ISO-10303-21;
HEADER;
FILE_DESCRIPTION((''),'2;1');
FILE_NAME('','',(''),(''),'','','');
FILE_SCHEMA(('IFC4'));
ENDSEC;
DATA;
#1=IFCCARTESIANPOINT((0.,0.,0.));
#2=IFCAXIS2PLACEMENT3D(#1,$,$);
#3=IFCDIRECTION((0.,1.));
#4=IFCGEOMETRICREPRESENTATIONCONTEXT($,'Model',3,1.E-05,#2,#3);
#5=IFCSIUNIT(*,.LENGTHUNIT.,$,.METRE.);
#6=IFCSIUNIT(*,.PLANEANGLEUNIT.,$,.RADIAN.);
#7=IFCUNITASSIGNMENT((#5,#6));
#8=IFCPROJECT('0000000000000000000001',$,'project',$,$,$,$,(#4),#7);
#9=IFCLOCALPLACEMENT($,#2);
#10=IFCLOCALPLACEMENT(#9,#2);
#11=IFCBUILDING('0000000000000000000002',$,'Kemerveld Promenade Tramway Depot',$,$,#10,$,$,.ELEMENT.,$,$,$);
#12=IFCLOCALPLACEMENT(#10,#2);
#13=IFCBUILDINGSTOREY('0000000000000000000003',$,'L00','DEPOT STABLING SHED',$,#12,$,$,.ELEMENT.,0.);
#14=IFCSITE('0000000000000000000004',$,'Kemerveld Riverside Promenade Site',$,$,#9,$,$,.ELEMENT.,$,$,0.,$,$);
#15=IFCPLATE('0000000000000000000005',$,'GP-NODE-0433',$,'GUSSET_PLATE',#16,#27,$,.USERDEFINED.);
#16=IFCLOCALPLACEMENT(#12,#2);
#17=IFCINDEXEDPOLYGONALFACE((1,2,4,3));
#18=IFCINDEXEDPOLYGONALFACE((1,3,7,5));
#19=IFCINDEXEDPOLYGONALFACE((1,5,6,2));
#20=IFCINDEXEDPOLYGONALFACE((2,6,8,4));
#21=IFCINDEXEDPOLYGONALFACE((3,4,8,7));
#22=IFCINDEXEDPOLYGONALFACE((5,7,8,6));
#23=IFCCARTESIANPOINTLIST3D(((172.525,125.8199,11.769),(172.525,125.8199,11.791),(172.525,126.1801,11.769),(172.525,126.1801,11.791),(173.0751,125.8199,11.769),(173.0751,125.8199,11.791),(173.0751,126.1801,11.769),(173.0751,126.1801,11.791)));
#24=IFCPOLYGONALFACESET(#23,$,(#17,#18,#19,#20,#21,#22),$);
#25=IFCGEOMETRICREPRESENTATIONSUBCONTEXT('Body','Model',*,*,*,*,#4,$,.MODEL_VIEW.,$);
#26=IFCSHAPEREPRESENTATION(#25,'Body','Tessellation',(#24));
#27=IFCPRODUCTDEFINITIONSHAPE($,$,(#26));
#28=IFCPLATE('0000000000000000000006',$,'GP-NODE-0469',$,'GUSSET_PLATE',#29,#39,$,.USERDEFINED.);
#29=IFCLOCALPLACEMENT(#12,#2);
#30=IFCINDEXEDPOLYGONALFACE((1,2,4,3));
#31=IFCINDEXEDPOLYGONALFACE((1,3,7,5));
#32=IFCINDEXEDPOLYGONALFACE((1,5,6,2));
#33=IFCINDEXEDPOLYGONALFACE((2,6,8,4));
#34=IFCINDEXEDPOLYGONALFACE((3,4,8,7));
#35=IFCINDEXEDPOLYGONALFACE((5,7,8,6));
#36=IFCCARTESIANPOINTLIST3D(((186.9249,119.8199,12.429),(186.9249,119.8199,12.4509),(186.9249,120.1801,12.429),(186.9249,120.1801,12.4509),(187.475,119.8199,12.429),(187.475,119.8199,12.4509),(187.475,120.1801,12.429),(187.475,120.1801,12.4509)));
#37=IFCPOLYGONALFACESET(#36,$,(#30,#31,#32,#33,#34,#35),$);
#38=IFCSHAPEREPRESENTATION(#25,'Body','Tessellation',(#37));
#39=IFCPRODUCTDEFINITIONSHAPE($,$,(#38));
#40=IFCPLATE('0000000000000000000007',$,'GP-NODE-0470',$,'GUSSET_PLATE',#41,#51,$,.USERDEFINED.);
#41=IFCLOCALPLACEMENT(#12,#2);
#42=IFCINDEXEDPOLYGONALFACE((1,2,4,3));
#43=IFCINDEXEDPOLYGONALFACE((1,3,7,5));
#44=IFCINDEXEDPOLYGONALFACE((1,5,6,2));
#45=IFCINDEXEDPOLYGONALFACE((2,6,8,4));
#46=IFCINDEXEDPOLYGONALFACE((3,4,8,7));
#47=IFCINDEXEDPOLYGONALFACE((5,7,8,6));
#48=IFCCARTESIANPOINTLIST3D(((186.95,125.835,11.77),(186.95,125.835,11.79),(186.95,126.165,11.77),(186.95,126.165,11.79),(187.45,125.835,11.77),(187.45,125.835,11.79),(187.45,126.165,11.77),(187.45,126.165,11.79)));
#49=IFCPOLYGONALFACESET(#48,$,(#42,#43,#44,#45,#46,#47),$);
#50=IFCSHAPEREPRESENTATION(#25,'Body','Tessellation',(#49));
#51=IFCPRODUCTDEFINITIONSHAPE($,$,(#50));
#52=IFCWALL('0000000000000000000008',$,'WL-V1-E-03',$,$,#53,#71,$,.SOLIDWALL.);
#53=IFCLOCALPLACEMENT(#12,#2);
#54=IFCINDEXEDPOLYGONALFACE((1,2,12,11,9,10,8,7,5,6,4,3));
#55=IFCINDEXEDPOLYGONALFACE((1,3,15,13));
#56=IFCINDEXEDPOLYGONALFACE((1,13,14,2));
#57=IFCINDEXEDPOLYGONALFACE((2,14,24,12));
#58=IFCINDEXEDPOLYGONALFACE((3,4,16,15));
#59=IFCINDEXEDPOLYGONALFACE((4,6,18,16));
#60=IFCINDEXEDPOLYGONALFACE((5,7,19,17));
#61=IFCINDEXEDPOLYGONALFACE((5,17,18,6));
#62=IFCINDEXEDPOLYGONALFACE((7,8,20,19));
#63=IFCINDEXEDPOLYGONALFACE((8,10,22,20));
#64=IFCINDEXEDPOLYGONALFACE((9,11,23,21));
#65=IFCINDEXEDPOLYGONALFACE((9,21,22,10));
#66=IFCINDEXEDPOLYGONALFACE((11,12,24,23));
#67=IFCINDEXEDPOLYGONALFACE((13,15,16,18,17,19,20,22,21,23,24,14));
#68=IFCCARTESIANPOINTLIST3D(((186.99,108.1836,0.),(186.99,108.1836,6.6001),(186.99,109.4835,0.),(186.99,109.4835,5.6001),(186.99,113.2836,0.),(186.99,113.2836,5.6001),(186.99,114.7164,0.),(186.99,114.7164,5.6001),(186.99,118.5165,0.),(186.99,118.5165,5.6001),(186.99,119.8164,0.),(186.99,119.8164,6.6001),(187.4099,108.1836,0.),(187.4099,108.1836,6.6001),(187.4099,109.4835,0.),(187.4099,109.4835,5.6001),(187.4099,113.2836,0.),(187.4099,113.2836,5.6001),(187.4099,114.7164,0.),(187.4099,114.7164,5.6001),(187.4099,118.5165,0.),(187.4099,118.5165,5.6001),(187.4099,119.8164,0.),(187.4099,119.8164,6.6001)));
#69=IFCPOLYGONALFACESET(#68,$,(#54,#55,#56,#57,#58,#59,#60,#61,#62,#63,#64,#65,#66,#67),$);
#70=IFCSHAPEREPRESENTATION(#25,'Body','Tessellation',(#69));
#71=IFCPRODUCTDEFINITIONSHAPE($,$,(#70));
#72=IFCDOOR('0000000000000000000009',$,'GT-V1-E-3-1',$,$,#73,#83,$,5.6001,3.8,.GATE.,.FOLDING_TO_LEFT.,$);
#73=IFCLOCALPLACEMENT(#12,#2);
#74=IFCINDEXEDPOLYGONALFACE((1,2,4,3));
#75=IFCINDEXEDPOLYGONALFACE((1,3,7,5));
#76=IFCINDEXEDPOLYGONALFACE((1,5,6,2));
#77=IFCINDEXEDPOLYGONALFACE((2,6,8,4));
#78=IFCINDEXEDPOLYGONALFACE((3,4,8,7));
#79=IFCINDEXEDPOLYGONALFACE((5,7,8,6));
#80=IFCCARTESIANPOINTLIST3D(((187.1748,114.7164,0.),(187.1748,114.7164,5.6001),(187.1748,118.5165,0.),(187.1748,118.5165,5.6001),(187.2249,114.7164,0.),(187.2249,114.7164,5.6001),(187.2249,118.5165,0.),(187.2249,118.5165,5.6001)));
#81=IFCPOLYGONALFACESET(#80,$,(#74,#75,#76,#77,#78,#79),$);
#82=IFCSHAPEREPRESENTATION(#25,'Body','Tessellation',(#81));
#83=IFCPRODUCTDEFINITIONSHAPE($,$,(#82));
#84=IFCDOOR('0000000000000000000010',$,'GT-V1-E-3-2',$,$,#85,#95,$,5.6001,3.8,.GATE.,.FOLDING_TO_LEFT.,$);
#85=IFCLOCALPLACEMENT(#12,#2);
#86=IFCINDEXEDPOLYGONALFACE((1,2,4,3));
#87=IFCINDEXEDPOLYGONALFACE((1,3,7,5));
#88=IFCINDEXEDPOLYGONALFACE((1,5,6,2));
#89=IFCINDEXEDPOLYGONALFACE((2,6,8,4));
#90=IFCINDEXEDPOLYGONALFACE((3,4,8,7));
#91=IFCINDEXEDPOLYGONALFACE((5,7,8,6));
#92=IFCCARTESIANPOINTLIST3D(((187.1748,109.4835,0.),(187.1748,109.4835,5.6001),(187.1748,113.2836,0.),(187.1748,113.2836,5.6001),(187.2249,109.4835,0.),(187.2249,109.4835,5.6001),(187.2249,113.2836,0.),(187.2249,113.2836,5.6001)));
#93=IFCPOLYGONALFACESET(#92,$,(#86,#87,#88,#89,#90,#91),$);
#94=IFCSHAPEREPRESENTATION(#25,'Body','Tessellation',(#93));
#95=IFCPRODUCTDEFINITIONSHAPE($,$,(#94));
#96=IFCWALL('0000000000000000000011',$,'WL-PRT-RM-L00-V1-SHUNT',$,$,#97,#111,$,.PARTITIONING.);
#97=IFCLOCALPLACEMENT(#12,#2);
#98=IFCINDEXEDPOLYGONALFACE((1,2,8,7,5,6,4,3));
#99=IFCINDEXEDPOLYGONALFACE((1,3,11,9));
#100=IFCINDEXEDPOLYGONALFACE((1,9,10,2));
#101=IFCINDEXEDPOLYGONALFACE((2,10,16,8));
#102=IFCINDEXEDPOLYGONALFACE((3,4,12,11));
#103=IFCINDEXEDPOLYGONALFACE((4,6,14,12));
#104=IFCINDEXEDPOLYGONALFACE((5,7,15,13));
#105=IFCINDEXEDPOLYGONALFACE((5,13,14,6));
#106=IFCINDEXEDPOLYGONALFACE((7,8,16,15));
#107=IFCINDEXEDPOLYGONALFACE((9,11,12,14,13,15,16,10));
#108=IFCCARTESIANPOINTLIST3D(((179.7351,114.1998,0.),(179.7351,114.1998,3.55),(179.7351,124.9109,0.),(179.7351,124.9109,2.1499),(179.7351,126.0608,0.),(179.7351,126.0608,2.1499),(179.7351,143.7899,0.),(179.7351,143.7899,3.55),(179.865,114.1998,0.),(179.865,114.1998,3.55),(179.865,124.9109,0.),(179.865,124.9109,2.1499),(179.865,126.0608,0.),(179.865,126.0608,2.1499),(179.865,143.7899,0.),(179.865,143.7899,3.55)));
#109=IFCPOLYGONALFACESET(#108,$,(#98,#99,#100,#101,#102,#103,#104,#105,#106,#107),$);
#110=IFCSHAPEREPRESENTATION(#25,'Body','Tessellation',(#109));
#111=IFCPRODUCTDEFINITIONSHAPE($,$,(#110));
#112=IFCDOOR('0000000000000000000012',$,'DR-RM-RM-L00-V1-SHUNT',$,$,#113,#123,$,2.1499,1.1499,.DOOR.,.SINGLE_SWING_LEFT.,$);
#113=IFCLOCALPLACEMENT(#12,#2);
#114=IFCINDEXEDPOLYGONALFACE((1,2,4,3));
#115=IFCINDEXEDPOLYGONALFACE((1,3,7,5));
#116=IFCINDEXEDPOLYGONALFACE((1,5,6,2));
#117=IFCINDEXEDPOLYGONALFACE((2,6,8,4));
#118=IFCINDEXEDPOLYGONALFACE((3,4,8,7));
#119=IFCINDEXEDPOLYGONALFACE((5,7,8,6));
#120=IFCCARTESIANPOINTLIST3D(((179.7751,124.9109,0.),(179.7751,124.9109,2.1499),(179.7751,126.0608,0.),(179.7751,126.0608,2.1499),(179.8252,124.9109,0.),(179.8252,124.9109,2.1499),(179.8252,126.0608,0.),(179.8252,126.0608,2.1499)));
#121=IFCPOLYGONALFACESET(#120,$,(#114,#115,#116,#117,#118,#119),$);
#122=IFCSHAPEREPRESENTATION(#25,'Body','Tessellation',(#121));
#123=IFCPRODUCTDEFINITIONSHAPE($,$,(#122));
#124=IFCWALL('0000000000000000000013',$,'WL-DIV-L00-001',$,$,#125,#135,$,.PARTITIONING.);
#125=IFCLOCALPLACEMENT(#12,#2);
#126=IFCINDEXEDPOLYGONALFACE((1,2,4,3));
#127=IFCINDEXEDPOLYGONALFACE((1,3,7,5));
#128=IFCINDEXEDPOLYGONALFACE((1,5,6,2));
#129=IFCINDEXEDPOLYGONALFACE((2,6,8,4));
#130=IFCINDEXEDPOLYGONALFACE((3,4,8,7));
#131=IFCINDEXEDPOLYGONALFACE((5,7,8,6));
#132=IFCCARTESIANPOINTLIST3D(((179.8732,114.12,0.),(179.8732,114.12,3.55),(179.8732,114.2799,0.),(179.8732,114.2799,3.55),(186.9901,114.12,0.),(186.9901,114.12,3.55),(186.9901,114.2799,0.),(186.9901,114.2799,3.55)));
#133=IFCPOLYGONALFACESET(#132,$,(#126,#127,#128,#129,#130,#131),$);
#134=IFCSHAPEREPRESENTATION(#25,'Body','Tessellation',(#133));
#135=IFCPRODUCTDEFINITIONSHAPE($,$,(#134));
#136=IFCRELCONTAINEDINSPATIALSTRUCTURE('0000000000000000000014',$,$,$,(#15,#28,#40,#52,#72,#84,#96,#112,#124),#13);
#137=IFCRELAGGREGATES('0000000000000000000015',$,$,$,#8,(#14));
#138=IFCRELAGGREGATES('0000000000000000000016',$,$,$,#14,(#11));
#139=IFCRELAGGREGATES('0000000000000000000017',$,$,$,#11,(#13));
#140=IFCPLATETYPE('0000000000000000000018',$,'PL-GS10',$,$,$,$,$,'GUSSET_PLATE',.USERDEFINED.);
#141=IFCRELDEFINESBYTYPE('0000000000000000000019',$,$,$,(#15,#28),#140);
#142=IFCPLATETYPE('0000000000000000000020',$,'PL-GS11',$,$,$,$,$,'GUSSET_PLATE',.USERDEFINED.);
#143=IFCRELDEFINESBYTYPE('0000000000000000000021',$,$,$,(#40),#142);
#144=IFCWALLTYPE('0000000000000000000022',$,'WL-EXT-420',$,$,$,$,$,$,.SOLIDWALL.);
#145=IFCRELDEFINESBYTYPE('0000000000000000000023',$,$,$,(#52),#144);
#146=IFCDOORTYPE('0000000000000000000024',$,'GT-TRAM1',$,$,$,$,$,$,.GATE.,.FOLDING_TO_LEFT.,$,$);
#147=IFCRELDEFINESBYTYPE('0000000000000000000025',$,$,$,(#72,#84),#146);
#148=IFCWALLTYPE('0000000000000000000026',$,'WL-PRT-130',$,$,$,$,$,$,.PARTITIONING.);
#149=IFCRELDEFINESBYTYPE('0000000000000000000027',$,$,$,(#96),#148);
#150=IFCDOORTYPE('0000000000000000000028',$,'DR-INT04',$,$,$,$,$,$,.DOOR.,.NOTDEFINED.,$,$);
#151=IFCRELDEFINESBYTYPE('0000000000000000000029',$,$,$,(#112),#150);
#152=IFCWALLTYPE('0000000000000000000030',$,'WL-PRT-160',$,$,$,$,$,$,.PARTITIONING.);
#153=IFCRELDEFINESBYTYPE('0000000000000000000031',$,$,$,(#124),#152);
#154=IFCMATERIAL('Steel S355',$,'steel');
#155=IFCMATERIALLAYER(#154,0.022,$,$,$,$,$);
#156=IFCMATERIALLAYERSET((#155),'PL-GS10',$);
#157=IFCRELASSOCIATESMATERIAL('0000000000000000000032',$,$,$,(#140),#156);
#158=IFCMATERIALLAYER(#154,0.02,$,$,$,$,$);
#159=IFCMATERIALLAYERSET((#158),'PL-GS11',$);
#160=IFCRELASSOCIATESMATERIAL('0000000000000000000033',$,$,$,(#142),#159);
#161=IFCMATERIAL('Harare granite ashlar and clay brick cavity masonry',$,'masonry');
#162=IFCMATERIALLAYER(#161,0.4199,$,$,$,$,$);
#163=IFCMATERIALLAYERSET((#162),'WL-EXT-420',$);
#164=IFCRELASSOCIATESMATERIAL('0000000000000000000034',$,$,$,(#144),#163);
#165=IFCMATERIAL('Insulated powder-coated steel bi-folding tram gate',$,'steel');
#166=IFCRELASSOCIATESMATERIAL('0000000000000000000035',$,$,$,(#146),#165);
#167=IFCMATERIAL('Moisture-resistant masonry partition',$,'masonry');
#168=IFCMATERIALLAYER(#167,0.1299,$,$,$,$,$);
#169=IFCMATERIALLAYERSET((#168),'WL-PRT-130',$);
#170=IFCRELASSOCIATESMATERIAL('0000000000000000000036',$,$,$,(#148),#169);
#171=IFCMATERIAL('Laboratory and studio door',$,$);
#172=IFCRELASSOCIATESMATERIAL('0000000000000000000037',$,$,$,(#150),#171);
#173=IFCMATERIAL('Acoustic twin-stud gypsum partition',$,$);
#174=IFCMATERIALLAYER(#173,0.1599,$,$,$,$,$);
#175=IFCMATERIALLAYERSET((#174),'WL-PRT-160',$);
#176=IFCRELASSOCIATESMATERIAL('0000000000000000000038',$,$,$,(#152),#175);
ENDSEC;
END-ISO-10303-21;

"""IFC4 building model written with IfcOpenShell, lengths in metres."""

from ifc_helpers import new_model, si_unit, direction, frame, frame_2d, origin, origin_2d, place, context, subcontext, project, spatial, rectangle, extrude, material, layer, layer_set, type_object, element, fill, save


model = new_model("IFC4")

# Units and contexts
model_context = context("Model", 3, precision=1e-05, world=origin(), true_north=direction((0.0, 1.0)))
body_context = subcontext(model_context, "Body", "Model", "MODEL_VIEW")
ifc_project = project(units=[si_unit("LENGTHUNIT", "METRE"), si_unit("PLANEANGLEUNIT", "RADIAN")], contexts=[model_context])

# Site, building, storey
site_placement = place(None, origin())
site = spatial("IfcSite", under=ifc_project, at=site_placement, Name="Kemerveld Riverside Promenade Site", CompositionType="ELEMENT", RefElevation=0.0)
building_placement = place(site_placement, origin())
building = spatial("IfcBuilding", under=site, at=building_placement, Name="Kemerveld Promenade Tramway Depot", CompositionType="ELEMENT")
storey_placement = place(building_placement, origin())
storey = spatial("IfcBuildingStorey", under=building, at=storey_placement, Name="L00", Description="DEPOT STABLING SHED", CompositionType="ELEMENT", Elevation=0.0)

# Shared definitions
ifc_material_1 = material(Name="Steel S355", Category="steel")

# Plates
ifc_layer_1 = layer(ifc_material_1, 0.022)
ifc_layer_set_1 = layer_set([ifc_layer_1], Name="PL-GS10")
plate_type_1 = type_object("IfcPlateType", Name="PL-GS10", ElementType="GUSSET_PLATE", PredefinedType="USERDEFINED", material=ifc_layer_set_1)
for number, where, z_axis, x_axis, name in (
    (1, (172.8, 126.0, 11.769), (0.0, 0.0, 1.0), (1.0, 0.0, 0.0), "GP-NODE-0433"),
    (2, (187.2, 120.0, 12.429), (0.0, 0.0, 1.0), (1.0, 0.0, 0.0), "GP-NODE-0469"),
):
    element("IfcPlate", number, at=place(storey_placement, frame(where, z_axis=z_axis, x_axis=x_axis)), inside=storey, type_object=plate_type_1, Name=name, ObjectType="GUSSET_PLATE", PredefinedType="USERDEFINED", context=body_context, shape_type="SweptSolid", body=[
        extrude(rectangle(XDim=0.55, YDim=0.3601, at=origin_2d()), origin(), (0.0, 0.0, 1.0), 0.022),
    ])
ifc_layer_2 = layer(ifc_material_1, 0.02)
ifc_layer_set_2 = layer_set([ifc_layer_2], Name="PL-GS11")
plate_type_2 = type_object("IfcPlateType", Name="PL-GS11", ElementType="GUSSET_PLATE", PredefinedType="USERDEFINED", material=ifc_layer_set_2)
plate_1_placement = place(storey_placement, frame((187.2, 126.0, 11.77), z_axis=(0.0, 0.0, 1.0), x_axis=(1.0, 0.0, 0.0)))
element("IfcPlate", 3, at=plate_1_placement, inside=storey, type_object=plate_type_2, Name="GP-NODE-0470", ObjectType="GUSSET_PLATE", PredefinedType="USERDEFINED", context=body_context, shape_type="SweptSolid", body=[
    extrude(rectangle(XDim=0.5, YDim=0.3301, at=origin_2d()), origin(), (0.0, 0.0, 1.0), 0.02),
])

# Wall, openings, doors
ifc_material_2 = material(Name="Harare granite ashlar and clay brick cavity masonry", Category="masonry")
ifc_layer_3 = layer(ifc_material_2, 0.4199)
ifc_layer_set_3 = layer_set([ifc_layer_3], Name="WL-EXT-420")
wall_type_1 = type_object("IfcWallType", Name="WL-EXT-420", PredefinedType="SOLIDWALL", material=ifc_layer_set_3)
wall_1_placement = place(storey_placement, frame((187.2, 119.8164, 0.0), z_axis=(0.0, 0.0, 1.0), x_axis=(0.0, -1.0, 0.0)))
wall_1 = element("IfcWall", 4, at=wall_1_placement, inside=storey, type_object=wall_type_1, Name="WL-V1-E-03", PredefinedType="SOLIDWALL", context=body_context, shape_type="SweptSolid", body=[
    extrude(rectangle(XDim=11.6328, YDim=0.4199, at=frame_2d((5.8164, 0.0))), origin(), (0.0, 0.0, 1.0), 6.6001),
])
opening_1_placement = place(wall_1_placement, frame((1.3, 0.0, 0.0)))
opening_1 = element("IfcOpeningElement", 5, at=opening_1_placement, cuts=wall_1, PredefinedType="OPENING", context=body_context, shape_type="SweptSolid", body=[
    extrude(rectangle(XDim=3.8, YDim=5.6001, at=frame_2d((1.8999, 2.8))), frame((0.0, 0.22, 0.0), z_axis=(0.0, -1.0, 0.0), x_axis=(1.0, 0.0, 0.0)), (0.0, 0.0, 1.0), 0.4399),
])
opening_2_placement = place(wall_1_placement, frame((6.533, 0.0, 0.0)))
opening_2 = element("IfcOpeningElement", 6, at=opening_2_placement, cuts=wall_1, PredefinedType="OPENING", context=body_context, shape_type="SweptSolid", body=[
    extrude(rectangle(XDim=3.8, YDim=5.6001, at=frame_2d((1.8999, 2.8))), frame((0.0, 0.22, 0.0), z_axis=(0.0, -1.0, 0.0), x_axis=(1.0, 0.0, 0.0)), (0.0, 0.0, 1.0), 0.4399),
])
ifc_material_3 = material(Name="Insulated powder-coated steel bi-folding tram gate", Category="steel")
door_type_1 = type_object("IfcDoorType", Name="GT-TRAM1", OperationType="FOLDING_TO_LEFT", PredefinedType="GATE", material=ifc_material_3)
door_1_placement = place(opening_1_placement, origin())
door_1 = element("IfcDoor", 7, at=door_1_placement, inside=storey, type_object=door_type_1, Name="GT-V1-E-3-1", OperationType="FOLDING_TO_LEFT", OverallHeight=5.6001, OverallWidth=3.8, PredefinedType="GATE", context=body_context, shape_type="SweptSolid", body=[
    extrude(rectangle(XDim=3.8, YDim=5.6001, at=frame_2d((1.8999, 2.8))), frame((0.0, 0.0249, 0.0), z_axis=(0.0, -1.0, 0.0), x_axis=(1.0, 0.0, 0.0)), (0.0, 0.0, 1.0), 0.05),
])
fill(opening_1, door_1)
door_2_placement = place(opening_2_placement, origin())
door_2 = element("IfcDoor", 8, at=door_2_placement, inside=storey, type_object=door_type_1, Name="GT-V1-E-3-2", OperationType="FOLDING_TO_LEFT", OverallHeight=5.6001, OverallWidth=3.8, PredefinedType="GATE", context=body_context, shape_type="SweptSolid", body=[
    extrude(rectangle(XDim=3.8, YDim=5.6001, at=frame_2d((1.8999, 2.8))), frame((0.0, 0.0249, 0.0), z_axis=(0.0, -1.0, 0.0), x_axis=(1.0, 0.0, 0.0)), (0.0, 0.0, 1.0), 0.05),
])
fill(opening_2, door_2)

# Wall, opening, door
ifc_material_4 = material(Name="Moisture-resistant masonry partition", Category="masonry")
ifc_layer_4 = layer(ifc_material_4, 0.1299)
ifc_layer_set_4 = layer_set([ifc_layer_4], Name="WL-PRT-130")
wall_type_2 = type_object("IfcWallType", Name="WL-PRT-130", PredefinedType="PARTITIONING", material=ifc_layer_set_4)
wall_2_placement = place(storey_placement, frame((179.8, 114.2, 0.0), z_axis=(0.0, 0.0, 1.0), x_axis=(0.0, 1.0, 0.0)))
wall_2 = element("IfcWall", 9, at=wall_2_placement, inside=storey, type_object=wall_type_2, Name="WL-PRT-RM-L00-V1-SHUNT", PredefinedType="PARTITIONING", context=body_context, shape_type="SweptSolid", body=[
    extrude(rectangle(XDim=29.5901, YDim=0.1299, at=frame_2d((14.7949, 0.0))), origin(), (0.0, 0.0, 1.0), 3.55),
])
opening_3_placement = place(wall_2_placement, frame((10.7109, 0.0, 0.0)))
opening_3 = element("IfcOpeningElement", 10, at=opening_3_placement, cuts=wall_2, PredefinedType="OPENING", context=body_context, shape_type="SweptSolid", body=[
    extrude(rectangle(XDim=1.1499, YDim=2.1499, at=frame_2d((0.575, 1.075))), frame((0.0, 0.075, 0.0), z_axis=(0.0, -1.0, 0.0), x_axis=(1.0, 0.0, 0.0)), (0.0, 0.0, 1.0), 0.1499),
])
ifc_material_5 = material(Name="Laboratory and studio door")
door_type_2 = type_object("IfcDoorType", Name="DR-INT04", OperationType="NOTDEFINED", PredefinedType="DOOR", material=ifc_material_5)
door_3_placement = place(opening_3_placement, origin())
door_3 = element("IfcDoor", 11, at=door_3_placement, inside=storey, type_object=door_type_2, Name="DR-RM-RM-L00-V1-SHUNT", OperationType="SINGLE_SWING_LEFT", OverallHeight=2.1499, OverallWidth=1.1499, PredefinedType="DOOR", context=body_context, shape_type="SweptSolid", body=[
    extrude(rectangle(XDim=1.1499, YDim=2.1499, at=frame_2d((0.575, 1.075))), frame((0.0, 0.0249, 0.0), z_axis=(0.0, -1.0, 0.0), x_axis=(1.0, 0.0, 0.0)), (0.0, 0.0, 1.0), 0.05),
])
fill(opening_3, door_3)

# Wall
ifc_material_6 = material(Name="Acoustic twin-stud gypsum partition")
ifc_layer_5 = layer(ifc_material_6, 0.1599)
ifc_layer_set_5 = layer_set([ifc_layer_5], Name="WL-PRT-160")
wall_type_3 = type_object("IfcWallType", Name="WL-PRT-160", PredefinedType="PARTITIONING", material=ifc_layer_set_5)
wall_3_placement = place(storey_placement, frame((179.873, 114.2, 0.0), z_axis=(0.0, 0.0, 1.0), x_axis=(1.0, 0.0, 0.0)))
element("IfcWall", 12, at=wall_3_placement, inside=storey, type_object=wall_type_3, Name="WL-DIV-L00-001", PredefinedType="PARTITIONING", context=body_context, shape_type="SweptSolid", body=[
    extrude(rectangle(XDim=7.1169, YDim=0.1599, at=frame_2d((3.5586, 0.0))), origin(), (0.0, 0.0, 1.0), 3.55),
])

save(model, "model.ifc")
